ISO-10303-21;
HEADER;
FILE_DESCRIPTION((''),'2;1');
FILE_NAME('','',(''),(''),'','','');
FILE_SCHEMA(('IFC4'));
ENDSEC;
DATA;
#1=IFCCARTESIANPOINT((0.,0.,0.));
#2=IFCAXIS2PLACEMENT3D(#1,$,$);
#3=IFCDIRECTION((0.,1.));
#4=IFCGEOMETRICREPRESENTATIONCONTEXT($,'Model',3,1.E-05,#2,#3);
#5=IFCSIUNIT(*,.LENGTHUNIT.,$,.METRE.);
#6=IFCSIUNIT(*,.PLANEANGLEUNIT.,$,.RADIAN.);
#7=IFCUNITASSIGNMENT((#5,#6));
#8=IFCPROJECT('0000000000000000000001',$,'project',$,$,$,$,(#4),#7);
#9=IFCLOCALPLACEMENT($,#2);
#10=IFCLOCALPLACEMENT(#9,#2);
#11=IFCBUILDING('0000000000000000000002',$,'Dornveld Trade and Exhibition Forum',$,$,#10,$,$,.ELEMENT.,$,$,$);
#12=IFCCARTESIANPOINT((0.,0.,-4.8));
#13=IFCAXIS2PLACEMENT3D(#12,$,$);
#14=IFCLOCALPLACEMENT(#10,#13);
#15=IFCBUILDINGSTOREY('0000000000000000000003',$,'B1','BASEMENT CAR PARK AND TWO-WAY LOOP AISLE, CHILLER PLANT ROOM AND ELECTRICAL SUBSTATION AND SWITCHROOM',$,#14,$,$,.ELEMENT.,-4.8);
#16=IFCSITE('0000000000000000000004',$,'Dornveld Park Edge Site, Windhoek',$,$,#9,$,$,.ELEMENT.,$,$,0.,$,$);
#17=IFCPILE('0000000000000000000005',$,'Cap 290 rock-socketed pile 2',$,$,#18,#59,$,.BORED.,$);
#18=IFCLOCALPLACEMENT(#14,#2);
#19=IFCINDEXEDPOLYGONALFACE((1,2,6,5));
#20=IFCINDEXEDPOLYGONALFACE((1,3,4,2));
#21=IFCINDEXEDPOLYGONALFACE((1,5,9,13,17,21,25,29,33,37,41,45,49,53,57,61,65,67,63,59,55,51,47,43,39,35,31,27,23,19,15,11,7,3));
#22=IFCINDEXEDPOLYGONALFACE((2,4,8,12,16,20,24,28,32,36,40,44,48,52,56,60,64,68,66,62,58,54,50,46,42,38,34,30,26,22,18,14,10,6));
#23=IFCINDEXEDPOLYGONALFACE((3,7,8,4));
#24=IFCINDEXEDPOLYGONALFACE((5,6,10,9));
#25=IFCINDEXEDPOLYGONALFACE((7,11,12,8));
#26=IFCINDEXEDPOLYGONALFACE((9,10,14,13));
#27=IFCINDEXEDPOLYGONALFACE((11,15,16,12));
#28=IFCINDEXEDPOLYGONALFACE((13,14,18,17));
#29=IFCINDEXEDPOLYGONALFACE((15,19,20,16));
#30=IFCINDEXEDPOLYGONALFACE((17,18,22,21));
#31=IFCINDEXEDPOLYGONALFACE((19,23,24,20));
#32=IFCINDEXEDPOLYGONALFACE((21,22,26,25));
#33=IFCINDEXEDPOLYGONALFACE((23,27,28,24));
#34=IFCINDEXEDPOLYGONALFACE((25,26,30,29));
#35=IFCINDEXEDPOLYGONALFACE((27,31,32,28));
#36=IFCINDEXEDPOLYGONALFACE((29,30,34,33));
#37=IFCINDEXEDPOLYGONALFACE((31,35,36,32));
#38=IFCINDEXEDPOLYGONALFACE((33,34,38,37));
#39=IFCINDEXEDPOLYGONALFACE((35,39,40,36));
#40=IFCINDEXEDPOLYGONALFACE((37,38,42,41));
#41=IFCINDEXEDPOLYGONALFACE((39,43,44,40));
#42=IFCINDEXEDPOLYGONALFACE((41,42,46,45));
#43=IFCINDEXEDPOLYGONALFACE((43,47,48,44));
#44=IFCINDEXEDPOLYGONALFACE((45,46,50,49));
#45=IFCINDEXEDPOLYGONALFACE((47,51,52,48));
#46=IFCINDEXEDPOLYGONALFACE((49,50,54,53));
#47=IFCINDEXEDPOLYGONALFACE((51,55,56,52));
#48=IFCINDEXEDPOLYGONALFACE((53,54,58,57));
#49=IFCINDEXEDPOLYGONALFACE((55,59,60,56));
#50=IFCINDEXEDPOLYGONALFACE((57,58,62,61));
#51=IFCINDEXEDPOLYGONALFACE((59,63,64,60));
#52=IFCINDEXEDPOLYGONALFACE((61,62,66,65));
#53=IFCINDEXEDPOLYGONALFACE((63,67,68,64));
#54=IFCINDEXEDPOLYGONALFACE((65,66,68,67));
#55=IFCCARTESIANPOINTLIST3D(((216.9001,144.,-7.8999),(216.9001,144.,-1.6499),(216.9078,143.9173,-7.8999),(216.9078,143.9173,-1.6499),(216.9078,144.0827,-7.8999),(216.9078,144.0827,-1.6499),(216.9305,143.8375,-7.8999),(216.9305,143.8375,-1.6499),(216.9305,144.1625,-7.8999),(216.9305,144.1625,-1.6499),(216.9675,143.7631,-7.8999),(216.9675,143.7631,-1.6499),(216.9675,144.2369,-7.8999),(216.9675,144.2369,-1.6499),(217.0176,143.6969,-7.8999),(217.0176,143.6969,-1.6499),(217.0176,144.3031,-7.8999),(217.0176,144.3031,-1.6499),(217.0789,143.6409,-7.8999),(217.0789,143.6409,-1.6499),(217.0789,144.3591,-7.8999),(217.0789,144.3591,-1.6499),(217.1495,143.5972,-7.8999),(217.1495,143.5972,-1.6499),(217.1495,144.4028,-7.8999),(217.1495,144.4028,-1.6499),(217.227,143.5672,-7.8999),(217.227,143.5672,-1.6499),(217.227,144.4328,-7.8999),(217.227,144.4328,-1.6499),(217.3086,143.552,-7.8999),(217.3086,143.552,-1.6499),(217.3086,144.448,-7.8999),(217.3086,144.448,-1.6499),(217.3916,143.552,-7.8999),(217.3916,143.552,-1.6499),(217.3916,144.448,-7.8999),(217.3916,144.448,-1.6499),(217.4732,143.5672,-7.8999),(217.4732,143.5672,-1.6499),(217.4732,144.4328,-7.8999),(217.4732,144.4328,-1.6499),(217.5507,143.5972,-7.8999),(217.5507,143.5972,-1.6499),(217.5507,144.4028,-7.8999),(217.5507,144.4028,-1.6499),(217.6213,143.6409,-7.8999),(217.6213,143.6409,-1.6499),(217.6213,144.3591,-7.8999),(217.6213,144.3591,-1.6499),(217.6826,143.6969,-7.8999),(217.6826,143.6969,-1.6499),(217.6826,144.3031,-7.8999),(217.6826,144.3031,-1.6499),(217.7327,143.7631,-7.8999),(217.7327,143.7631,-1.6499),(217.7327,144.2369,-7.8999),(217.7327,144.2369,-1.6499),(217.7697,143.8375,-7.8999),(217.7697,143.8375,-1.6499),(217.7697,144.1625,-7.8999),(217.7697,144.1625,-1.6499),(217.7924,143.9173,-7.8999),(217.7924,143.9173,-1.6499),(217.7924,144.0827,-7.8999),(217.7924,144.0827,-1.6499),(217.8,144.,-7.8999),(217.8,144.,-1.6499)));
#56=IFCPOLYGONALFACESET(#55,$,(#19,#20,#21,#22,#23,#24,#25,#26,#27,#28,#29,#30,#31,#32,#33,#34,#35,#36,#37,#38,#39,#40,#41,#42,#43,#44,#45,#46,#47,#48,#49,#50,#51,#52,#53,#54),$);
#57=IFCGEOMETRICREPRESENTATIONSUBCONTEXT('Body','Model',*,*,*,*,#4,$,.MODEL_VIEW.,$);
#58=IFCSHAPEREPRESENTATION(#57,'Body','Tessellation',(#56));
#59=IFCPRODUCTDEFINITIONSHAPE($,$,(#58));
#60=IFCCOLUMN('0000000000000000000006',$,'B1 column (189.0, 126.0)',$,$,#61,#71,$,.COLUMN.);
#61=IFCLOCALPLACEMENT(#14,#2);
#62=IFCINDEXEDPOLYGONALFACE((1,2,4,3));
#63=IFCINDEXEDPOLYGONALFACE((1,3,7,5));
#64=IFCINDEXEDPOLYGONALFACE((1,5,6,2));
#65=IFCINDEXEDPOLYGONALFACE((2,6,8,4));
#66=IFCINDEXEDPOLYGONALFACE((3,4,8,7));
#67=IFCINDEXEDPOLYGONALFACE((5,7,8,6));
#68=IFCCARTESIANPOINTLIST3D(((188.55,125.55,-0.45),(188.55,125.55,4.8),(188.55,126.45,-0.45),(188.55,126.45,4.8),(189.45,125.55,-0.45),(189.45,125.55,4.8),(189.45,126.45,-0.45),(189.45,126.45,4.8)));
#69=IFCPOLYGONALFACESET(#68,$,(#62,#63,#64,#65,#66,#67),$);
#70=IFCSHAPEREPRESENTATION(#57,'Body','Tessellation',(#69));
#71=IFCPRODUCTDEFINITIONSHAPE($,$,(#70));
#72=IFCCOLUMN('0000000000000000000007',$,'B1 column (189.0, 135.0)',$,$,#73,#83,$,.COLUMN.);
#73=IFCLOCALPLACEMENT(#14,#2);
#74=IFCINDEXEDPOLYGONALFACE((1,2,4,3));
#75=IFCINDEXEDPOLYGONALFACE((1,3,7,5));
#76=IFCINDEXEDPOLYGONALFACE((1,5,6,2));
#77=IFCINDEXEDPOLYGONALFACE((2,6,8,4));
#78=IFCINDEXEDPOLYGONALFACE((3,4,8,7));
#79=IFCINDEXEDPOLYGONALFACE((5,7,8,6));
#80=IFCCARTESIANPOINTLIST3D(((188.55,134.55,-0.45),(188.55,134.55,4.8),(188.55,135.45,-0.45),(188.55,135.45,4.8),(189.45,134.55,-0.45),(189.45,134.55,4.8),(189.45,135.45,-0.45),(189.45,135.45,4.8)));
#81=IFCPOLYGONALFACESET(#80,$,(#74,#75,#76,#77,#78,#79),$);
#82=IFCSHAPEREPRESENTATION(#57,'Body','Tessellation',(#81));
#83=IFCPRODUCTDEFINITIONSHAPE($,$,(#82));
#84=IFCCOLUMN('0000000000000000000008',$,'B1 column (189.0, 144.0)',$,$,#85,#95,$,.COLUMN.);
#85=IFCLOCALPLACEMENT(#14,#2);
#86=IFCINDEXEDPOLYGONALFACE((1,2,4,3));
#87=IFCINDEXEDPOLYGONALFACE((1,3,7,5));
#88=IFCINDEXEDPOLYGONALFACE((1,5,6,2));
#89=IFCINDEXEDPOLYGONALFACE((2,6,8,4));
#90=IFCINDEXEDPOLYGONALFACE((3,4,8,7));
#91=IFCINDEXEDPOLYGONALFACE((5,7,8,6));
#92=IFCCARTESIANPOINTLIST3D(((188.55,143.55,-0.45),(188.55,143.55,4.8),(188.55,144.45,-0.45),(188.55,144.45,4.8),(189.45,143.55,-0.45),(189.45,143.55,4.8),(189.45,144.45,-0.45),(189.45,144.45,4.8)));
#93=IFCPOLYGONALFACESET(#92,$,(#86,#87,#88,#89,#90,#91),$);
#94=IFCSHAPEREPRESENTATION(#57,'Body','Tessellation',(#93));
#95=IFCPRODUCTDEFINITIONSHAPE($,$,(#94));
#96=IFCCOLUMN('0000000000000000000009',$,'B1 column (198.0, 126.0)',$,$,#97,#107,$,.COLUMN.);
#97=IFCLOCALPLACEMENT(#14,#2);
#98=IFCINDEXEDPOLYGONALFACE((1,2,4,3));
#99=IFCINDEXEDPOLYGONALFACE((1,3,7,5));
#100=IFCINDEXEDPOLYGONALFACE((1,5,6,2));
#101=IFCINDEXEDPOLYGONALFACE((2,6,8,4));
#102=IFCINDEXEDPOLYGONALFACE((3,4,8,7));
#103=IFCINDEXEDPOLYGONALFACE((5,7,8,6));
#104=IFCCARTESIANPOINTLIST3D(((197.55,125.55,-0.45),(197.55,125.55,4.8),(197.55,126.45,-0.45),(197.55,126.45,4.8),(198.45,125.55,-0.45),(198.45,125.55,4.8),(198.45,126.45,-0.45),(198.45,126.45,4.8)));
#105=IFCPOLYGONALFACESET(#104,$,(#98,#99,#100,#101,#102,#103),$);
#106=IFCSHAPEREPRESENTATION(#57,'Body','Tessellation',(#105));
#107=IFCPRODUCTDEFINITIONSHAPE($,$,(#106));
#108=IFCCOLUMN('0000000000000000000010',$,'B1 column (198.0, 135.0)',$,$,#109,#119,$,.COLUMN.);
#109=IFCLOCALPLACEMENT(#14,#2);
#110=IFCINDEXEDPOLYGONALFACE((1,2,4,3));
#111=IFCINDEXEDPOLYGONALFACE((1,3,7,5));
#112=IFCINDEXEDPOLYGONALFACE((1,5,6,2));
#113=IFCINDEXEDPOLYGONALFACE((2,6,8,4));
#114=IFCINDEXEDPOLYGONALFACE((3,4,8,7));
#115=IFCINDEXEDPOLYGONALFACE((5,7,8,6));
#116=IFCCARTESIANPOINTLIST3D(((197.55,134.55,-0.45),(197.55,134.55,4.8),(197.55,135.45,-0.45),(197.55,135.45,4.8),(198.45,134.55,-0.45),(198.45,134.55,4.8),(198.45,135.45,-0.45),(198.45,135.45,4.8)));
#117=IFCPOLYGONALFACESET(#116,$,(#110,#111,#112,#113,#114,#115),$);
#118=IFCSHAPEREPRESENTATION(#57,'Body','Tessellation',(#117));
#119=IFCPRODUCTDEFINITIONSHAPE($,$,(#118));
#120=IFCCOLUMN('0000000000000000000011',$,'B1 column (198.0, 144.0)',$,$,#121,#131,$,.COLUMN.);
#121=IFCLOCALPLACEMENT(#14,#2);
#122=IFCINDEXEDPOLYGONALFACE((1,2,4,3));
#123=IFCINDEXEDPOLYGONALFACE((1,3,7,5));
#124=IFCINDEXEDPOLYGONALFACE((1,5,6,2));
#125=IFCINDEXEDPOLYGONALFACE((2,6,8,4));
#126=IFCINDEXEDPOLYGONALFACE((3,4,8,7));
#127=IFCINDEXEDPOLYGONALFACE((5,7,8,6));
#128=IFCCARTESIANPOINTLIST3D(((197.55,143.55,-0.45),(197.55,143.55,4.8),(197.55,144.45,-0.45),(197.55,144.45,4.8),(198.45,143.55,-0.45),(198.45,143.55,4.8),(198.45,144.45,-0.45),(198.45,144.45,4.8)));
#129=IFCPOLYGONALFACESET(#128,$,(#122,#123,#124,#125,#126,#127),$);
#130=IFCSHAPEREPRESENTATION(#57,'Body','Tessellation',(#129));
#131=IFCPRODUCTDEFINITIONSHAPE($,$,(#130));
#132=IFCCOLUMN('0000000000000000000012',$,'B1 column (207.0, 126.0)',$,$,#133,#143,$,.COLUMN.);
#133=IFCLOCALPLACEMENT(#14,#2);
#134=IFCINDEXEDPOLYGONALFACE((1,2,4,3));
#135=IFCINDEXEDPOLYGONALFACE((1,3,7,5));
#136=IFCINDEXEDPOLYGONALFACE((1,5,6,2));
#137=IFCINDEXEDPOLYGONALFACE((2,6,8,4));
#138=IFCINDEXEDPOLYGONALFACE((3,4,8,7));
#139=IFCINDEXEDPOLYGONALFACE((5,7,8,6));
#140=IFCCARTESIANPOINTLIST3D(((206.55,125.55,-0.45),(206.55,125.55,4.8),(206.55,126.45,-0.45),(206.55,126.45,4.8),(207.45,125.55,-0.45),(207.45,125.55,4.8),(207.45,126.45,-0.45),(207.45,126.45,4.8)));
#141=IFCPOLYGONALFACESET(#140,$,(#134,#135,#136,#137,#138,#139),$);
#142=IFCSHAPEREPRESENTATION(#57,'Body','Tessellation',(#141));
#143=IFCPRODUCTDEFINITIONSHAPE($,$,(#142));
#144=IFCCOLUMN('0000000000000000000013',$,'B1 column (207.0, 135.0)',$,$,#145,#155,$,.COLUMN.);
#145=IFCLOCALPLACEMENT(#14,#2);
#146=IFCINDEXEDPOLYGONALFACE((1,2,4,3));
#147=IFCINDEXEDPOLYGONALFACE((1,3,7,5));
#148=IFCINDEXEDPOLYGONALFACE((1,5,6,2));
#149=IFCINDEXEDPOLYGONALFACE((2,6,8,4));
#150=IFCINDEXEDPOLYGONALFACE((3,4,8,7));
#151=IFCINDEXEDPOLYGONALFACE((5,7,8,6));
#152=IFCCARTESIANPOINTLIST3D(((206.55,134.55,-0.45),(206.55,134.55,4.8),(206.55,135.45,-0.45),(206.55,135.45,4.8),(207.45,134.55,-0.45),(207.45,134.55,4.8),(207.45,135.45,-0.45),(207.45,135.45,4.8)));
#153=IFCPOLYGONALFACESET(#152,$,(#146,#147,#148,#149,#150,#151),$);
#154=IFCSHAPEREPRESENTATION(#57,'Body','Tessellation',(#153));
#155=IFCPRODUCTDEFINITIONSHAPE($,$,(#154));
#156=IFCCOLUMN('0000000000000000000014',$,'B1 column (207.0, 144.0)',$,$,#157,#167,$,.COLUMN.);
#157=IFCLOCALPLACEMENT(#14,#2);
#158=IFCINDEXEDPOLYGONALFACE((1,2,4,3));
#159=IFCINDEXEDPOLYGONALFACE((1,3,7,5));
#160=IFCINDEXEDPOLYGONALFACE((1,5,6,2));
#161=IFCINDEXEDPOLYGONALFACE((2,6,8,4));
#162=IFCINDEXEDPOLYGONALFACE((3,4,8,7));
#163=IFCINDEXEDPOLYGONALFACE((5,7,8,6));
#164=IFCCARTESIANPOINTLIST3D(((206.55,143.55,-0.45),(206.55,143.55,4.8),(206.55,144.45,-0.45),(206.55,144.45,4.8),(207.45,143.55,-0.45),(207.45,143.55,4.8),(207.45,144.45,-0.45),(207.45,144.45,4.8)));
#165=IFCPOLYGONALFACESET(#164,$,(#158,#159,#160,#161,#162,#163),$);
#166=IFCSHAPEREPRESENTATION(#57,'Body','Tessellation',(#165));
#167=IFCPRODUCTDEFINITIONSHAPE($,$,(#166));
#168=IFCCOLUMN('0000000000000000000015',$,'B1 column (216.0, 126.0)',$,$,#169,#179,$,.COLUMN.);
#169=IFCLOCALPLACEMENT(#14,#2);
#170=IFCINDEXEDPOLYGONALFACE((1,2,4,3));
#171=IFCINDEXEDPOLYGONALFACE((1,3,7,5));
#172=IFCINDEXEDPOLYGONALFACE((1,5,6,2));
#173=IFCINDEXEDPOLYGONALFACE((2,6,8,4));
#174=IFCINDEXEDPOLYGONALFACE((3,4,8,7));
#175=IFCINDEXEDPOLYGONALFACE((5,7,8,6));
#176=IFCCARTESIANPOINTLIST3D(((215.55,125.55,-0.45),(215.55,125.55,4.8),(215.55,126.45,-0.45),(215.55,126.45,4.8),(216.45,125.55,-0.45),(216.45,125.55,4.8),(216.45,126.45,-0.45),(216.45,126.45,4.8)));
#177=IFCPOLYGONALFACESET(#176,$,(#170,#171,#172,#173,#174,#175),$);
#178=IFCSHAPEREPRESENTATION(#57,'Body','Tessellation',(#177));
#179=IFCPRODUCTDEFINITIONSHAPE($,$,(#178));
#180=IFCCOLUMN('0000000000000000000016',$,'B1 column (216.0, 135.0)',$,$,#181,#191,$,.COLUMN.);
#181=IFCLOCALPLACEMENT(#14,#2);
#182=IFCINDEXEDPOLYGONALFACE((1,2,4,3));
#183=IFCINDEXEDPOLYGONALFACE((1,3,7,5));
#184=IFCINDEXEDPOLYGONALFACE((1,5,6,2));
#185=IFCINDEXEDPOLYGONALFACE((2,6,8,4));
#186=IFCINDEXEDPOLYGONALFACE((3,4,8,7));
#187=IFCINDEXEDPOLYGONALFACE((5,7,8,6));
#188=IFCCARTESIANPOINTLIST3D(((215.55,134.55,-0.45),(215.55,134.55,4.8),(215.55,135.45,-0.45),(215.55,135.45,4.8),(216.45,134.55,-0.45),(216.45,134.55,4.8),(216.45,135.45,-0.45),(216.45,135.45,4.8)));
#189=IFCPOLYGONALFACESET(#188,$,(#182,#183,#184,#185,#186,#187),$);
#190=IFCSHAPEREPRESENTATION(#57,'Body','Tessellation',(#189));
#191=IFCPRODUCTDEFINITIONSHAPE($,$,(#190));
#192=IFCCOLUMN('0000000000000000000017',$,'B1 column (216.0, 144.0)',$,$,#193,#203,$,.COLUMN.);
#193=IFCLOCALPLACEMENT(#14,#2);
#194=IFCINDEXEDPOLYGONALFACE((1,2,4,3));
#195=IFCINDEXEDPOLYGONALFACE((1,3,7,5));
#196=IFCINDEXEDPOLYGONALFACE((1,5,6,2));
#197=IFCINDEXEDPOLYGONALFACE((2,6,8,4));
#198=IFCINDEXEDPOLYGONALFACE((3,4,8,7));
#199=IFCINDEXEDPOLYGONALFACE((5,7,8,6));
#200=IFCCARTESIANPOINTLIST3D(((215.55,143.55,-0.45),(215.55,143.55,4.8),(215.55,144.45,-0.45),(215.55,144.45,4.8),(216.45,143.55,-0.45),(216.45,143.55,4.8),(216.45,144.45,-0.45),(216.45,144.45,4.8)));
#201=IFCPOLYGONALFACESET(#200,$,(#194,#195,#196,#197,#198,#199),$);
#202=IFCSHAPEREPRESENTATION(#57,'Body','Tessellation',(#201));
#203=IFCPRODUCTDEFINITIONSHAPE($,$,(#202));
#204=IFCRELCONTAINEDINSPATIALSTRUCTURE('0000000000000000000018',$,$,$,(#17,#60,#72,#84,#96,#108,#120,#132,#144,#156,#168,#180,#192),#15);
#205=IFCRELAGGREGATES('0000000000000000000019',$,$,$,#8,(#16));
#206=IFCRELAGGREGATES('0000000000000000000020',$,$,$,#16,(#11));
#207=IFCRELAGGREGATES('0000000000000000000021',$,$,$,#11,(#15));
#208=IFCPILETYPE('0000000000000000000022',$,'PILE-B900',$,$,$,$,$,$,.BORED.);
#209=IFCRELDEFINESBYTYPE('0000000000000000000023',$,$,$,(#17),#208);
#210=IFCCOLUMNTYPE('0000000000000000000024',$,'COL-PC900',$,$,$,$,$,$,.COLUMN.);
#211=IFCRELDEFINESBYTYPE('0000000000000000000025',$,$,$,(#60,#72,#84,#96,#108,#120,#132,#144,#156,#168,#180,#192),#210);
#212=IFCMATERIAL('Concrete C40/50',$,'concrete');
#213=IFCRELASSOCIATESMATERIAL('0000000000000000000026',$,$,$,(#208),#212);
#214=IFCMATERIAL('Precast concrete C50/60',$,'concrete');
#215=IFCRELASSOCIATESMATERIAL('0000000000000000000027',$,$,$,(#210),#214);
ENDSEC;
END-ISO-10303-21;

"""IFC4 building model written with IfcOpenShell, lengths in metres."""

from ifc_helpers import new_model, si_unit, direction, frame, origin, origin_2d, place, context, subcontext, project, spatial, rectangle, circle, extrude, material, material_profile, profile_set, type_object, element, save


model = new_model("IFC4")

# Units and contexts
model_context = context("Model", 3, precision=1e-05, world=origin(), true_north=direction((0.0, 1.0)))
body_context = subcontext(model_context, "Body", "Model", "MODEL_VIEW")
ifc_project = project(units=[si_unit("LENGTHUNIT", "METRE"), si_unit("PLANEANGLEUNIT", "RADIAN")], contexts=[model_context])

# Site, building, storey
site_placement = place(None, origin())
site = spatial("IfcSite", under=ifc_project, at=site_placement, Name="Dornveld Park Edge Site, Windhoek", CompositionType="ELEMENT", RefElevation=0.0)
building_placement = place(site_placement, origin())
building = spatial("IfcBuilding", under=site, at=building_placement, Name="Dornveld Trade and Exhibition Forum", CompositionType="ELEMENT")
storey_placement = place(building_placement, frame((0.0, 0.0, -4.8)))
storey = spatial("IfcBuildingStorey", under=building, at=storey_placement, Name="B1", Description="BASEMENT CAR PARK AND TWO-WAY LOOP AISLE, CHILLER PLANT ROOM AND ELECTRICAL SUBSTATION AND SWITCHROOM", CompositionType="ELEMENT", Elevation=-4.8)

# Pile
ifc_material_1 = material(Name="Concrete C40/50", Category="concrete")
ifc_material_profile_1 = material_profile(ifc_material_1, circle(Radius=0.45, at=origin_2d()), Name="PILE D900")
ifc_profile_set_1 = profile_set([ifc_material_profile_1], Name="Concrete C40/50")
pile_type = type_object("IfcPileType", Name="PILE-B900", PredefinedType="BORED", material=ifc_profile_set_1)
for number, where, z_axis, x_axis, name in (
    (1, (217.3501, 144.0, -1.6499), (0.0, 0.0, -1.0), (1.0, 0.0, 0.0), "Cap 290 rock-socketed pile 2"),
):
    element("IfcPile", number, at=place(storey_placement, frame(where, z_axis=z_axis, x_axis=x_axis)), inside=storey, type_object=pile_type, Name=name, PredefinedType="BORED", context=body_context, shape_type="SweptSolid", body=[
        extrude(circle(Radius=0.45, at=origin_2d()), origin(), (0.0, 0.0, 1.0), 6.25),
    ])

# Columns
ifc_material_2 = material(Name="Precast concrete C50/60", Category="concrete")
ifc_material_profile_2 = material_profile(ifc_material_2, rectangle(XDim=0.8999, YDim=0.8999, at=origin_2d()), Name="PC-COL 900x900")
ifc_profile_set_2 = profile_set([ifc_material_profile_2], Name="Precast concrete C50/60")
column_type = type_object("IfcColumnType", Name="COL-PC900", PredefinedType="COLUMN", material=ifc_profile_set_2)
for number, where, z_axis, x_axis, name in (
    (2, (189.0, 126.0, -0.45), (0.0, 0.0, 1.0), (1.0, 0.0, 0.0), "B1 column (189.0, 126.0)"),
    (3, (189.0, 135.0, -0.45), (0.0, 0.0, 1.0), (1.0, 0.0, 0.0), "B1 column (189.0, 135.0)"),
    (4, (189.0, 144.0, -0.45), (0.0, 0.0, 1.0), (1.0, 0.0, 0.0), "B1 column (189.0, 144.0)"),
    (5, (198.0, 126.0, -0.45), (0.0, 0.0, 1.0), (1.0, 0.0, 0.0), "B1 column (198.0, 126.0)"),
    (6, (198.0, 135.0, -0.45), (0.0, 0.0, 1.0), (1.0, 0.0, 0.0), "B1 column (198.0, 135.0)"),
    (7, (198.0, 144.0, -0.45), (0.0, 0.0, 1.0), (1.0, 0.0, 0.0), "B1 column (198.0, 144.0)"),
    (8, (207.0, 126.0, -0.45), (0.0, 0.0, 1.0), (1.0, 0.0, 0.0), "B1 column (207.0, 126.0)"),
    (9, (207.0, 135.0, -0.45), (0.0, 0.0, 1.0), (1.0, 0.0, 0.0), "B1 column (207.0, 135.0)"),
    (10, (207.0, 144.0, -0.45), (0.0, 0.0, 1.0), (1.0, 0.0, 0.0), "B1 column (207.0, 144.0)"),
    (11, (216.0, 126.0, -0.45), (0.0, 0.0, 1.0), (1.0, 0.0, 0.0), "B1 column (216.0, 126.0)"),
    (12, (216.0, 135.0, -0.45), (0.0, 0.0, 1.0), (1.0, 0.0, 0.0), "B1 column (216.0, 135.0)"),
    (13, (216.0, 144.0, -0.45), (0.0, 0.0, 1.0), (1.0, 0.0, 0.0), "B1 column (216.0, 144.0)"),
):
    element("IfcColumn", number, at=place(storey_placement, frame(where, z_axis=z_axis, x_axis=x_axis)), inside=storey, type_object=column_type, Name=name, PredefinedType="COLUMN", context=body_context, shape_type="SweptSolid", body=[
        extrude(rectangle(XDim=0.8999, YDim=0.8999, at=origin_2d()), origin(), (0.0, 0.0, 1.0), 5.25),
    ])

save(model, "model.ifc")
